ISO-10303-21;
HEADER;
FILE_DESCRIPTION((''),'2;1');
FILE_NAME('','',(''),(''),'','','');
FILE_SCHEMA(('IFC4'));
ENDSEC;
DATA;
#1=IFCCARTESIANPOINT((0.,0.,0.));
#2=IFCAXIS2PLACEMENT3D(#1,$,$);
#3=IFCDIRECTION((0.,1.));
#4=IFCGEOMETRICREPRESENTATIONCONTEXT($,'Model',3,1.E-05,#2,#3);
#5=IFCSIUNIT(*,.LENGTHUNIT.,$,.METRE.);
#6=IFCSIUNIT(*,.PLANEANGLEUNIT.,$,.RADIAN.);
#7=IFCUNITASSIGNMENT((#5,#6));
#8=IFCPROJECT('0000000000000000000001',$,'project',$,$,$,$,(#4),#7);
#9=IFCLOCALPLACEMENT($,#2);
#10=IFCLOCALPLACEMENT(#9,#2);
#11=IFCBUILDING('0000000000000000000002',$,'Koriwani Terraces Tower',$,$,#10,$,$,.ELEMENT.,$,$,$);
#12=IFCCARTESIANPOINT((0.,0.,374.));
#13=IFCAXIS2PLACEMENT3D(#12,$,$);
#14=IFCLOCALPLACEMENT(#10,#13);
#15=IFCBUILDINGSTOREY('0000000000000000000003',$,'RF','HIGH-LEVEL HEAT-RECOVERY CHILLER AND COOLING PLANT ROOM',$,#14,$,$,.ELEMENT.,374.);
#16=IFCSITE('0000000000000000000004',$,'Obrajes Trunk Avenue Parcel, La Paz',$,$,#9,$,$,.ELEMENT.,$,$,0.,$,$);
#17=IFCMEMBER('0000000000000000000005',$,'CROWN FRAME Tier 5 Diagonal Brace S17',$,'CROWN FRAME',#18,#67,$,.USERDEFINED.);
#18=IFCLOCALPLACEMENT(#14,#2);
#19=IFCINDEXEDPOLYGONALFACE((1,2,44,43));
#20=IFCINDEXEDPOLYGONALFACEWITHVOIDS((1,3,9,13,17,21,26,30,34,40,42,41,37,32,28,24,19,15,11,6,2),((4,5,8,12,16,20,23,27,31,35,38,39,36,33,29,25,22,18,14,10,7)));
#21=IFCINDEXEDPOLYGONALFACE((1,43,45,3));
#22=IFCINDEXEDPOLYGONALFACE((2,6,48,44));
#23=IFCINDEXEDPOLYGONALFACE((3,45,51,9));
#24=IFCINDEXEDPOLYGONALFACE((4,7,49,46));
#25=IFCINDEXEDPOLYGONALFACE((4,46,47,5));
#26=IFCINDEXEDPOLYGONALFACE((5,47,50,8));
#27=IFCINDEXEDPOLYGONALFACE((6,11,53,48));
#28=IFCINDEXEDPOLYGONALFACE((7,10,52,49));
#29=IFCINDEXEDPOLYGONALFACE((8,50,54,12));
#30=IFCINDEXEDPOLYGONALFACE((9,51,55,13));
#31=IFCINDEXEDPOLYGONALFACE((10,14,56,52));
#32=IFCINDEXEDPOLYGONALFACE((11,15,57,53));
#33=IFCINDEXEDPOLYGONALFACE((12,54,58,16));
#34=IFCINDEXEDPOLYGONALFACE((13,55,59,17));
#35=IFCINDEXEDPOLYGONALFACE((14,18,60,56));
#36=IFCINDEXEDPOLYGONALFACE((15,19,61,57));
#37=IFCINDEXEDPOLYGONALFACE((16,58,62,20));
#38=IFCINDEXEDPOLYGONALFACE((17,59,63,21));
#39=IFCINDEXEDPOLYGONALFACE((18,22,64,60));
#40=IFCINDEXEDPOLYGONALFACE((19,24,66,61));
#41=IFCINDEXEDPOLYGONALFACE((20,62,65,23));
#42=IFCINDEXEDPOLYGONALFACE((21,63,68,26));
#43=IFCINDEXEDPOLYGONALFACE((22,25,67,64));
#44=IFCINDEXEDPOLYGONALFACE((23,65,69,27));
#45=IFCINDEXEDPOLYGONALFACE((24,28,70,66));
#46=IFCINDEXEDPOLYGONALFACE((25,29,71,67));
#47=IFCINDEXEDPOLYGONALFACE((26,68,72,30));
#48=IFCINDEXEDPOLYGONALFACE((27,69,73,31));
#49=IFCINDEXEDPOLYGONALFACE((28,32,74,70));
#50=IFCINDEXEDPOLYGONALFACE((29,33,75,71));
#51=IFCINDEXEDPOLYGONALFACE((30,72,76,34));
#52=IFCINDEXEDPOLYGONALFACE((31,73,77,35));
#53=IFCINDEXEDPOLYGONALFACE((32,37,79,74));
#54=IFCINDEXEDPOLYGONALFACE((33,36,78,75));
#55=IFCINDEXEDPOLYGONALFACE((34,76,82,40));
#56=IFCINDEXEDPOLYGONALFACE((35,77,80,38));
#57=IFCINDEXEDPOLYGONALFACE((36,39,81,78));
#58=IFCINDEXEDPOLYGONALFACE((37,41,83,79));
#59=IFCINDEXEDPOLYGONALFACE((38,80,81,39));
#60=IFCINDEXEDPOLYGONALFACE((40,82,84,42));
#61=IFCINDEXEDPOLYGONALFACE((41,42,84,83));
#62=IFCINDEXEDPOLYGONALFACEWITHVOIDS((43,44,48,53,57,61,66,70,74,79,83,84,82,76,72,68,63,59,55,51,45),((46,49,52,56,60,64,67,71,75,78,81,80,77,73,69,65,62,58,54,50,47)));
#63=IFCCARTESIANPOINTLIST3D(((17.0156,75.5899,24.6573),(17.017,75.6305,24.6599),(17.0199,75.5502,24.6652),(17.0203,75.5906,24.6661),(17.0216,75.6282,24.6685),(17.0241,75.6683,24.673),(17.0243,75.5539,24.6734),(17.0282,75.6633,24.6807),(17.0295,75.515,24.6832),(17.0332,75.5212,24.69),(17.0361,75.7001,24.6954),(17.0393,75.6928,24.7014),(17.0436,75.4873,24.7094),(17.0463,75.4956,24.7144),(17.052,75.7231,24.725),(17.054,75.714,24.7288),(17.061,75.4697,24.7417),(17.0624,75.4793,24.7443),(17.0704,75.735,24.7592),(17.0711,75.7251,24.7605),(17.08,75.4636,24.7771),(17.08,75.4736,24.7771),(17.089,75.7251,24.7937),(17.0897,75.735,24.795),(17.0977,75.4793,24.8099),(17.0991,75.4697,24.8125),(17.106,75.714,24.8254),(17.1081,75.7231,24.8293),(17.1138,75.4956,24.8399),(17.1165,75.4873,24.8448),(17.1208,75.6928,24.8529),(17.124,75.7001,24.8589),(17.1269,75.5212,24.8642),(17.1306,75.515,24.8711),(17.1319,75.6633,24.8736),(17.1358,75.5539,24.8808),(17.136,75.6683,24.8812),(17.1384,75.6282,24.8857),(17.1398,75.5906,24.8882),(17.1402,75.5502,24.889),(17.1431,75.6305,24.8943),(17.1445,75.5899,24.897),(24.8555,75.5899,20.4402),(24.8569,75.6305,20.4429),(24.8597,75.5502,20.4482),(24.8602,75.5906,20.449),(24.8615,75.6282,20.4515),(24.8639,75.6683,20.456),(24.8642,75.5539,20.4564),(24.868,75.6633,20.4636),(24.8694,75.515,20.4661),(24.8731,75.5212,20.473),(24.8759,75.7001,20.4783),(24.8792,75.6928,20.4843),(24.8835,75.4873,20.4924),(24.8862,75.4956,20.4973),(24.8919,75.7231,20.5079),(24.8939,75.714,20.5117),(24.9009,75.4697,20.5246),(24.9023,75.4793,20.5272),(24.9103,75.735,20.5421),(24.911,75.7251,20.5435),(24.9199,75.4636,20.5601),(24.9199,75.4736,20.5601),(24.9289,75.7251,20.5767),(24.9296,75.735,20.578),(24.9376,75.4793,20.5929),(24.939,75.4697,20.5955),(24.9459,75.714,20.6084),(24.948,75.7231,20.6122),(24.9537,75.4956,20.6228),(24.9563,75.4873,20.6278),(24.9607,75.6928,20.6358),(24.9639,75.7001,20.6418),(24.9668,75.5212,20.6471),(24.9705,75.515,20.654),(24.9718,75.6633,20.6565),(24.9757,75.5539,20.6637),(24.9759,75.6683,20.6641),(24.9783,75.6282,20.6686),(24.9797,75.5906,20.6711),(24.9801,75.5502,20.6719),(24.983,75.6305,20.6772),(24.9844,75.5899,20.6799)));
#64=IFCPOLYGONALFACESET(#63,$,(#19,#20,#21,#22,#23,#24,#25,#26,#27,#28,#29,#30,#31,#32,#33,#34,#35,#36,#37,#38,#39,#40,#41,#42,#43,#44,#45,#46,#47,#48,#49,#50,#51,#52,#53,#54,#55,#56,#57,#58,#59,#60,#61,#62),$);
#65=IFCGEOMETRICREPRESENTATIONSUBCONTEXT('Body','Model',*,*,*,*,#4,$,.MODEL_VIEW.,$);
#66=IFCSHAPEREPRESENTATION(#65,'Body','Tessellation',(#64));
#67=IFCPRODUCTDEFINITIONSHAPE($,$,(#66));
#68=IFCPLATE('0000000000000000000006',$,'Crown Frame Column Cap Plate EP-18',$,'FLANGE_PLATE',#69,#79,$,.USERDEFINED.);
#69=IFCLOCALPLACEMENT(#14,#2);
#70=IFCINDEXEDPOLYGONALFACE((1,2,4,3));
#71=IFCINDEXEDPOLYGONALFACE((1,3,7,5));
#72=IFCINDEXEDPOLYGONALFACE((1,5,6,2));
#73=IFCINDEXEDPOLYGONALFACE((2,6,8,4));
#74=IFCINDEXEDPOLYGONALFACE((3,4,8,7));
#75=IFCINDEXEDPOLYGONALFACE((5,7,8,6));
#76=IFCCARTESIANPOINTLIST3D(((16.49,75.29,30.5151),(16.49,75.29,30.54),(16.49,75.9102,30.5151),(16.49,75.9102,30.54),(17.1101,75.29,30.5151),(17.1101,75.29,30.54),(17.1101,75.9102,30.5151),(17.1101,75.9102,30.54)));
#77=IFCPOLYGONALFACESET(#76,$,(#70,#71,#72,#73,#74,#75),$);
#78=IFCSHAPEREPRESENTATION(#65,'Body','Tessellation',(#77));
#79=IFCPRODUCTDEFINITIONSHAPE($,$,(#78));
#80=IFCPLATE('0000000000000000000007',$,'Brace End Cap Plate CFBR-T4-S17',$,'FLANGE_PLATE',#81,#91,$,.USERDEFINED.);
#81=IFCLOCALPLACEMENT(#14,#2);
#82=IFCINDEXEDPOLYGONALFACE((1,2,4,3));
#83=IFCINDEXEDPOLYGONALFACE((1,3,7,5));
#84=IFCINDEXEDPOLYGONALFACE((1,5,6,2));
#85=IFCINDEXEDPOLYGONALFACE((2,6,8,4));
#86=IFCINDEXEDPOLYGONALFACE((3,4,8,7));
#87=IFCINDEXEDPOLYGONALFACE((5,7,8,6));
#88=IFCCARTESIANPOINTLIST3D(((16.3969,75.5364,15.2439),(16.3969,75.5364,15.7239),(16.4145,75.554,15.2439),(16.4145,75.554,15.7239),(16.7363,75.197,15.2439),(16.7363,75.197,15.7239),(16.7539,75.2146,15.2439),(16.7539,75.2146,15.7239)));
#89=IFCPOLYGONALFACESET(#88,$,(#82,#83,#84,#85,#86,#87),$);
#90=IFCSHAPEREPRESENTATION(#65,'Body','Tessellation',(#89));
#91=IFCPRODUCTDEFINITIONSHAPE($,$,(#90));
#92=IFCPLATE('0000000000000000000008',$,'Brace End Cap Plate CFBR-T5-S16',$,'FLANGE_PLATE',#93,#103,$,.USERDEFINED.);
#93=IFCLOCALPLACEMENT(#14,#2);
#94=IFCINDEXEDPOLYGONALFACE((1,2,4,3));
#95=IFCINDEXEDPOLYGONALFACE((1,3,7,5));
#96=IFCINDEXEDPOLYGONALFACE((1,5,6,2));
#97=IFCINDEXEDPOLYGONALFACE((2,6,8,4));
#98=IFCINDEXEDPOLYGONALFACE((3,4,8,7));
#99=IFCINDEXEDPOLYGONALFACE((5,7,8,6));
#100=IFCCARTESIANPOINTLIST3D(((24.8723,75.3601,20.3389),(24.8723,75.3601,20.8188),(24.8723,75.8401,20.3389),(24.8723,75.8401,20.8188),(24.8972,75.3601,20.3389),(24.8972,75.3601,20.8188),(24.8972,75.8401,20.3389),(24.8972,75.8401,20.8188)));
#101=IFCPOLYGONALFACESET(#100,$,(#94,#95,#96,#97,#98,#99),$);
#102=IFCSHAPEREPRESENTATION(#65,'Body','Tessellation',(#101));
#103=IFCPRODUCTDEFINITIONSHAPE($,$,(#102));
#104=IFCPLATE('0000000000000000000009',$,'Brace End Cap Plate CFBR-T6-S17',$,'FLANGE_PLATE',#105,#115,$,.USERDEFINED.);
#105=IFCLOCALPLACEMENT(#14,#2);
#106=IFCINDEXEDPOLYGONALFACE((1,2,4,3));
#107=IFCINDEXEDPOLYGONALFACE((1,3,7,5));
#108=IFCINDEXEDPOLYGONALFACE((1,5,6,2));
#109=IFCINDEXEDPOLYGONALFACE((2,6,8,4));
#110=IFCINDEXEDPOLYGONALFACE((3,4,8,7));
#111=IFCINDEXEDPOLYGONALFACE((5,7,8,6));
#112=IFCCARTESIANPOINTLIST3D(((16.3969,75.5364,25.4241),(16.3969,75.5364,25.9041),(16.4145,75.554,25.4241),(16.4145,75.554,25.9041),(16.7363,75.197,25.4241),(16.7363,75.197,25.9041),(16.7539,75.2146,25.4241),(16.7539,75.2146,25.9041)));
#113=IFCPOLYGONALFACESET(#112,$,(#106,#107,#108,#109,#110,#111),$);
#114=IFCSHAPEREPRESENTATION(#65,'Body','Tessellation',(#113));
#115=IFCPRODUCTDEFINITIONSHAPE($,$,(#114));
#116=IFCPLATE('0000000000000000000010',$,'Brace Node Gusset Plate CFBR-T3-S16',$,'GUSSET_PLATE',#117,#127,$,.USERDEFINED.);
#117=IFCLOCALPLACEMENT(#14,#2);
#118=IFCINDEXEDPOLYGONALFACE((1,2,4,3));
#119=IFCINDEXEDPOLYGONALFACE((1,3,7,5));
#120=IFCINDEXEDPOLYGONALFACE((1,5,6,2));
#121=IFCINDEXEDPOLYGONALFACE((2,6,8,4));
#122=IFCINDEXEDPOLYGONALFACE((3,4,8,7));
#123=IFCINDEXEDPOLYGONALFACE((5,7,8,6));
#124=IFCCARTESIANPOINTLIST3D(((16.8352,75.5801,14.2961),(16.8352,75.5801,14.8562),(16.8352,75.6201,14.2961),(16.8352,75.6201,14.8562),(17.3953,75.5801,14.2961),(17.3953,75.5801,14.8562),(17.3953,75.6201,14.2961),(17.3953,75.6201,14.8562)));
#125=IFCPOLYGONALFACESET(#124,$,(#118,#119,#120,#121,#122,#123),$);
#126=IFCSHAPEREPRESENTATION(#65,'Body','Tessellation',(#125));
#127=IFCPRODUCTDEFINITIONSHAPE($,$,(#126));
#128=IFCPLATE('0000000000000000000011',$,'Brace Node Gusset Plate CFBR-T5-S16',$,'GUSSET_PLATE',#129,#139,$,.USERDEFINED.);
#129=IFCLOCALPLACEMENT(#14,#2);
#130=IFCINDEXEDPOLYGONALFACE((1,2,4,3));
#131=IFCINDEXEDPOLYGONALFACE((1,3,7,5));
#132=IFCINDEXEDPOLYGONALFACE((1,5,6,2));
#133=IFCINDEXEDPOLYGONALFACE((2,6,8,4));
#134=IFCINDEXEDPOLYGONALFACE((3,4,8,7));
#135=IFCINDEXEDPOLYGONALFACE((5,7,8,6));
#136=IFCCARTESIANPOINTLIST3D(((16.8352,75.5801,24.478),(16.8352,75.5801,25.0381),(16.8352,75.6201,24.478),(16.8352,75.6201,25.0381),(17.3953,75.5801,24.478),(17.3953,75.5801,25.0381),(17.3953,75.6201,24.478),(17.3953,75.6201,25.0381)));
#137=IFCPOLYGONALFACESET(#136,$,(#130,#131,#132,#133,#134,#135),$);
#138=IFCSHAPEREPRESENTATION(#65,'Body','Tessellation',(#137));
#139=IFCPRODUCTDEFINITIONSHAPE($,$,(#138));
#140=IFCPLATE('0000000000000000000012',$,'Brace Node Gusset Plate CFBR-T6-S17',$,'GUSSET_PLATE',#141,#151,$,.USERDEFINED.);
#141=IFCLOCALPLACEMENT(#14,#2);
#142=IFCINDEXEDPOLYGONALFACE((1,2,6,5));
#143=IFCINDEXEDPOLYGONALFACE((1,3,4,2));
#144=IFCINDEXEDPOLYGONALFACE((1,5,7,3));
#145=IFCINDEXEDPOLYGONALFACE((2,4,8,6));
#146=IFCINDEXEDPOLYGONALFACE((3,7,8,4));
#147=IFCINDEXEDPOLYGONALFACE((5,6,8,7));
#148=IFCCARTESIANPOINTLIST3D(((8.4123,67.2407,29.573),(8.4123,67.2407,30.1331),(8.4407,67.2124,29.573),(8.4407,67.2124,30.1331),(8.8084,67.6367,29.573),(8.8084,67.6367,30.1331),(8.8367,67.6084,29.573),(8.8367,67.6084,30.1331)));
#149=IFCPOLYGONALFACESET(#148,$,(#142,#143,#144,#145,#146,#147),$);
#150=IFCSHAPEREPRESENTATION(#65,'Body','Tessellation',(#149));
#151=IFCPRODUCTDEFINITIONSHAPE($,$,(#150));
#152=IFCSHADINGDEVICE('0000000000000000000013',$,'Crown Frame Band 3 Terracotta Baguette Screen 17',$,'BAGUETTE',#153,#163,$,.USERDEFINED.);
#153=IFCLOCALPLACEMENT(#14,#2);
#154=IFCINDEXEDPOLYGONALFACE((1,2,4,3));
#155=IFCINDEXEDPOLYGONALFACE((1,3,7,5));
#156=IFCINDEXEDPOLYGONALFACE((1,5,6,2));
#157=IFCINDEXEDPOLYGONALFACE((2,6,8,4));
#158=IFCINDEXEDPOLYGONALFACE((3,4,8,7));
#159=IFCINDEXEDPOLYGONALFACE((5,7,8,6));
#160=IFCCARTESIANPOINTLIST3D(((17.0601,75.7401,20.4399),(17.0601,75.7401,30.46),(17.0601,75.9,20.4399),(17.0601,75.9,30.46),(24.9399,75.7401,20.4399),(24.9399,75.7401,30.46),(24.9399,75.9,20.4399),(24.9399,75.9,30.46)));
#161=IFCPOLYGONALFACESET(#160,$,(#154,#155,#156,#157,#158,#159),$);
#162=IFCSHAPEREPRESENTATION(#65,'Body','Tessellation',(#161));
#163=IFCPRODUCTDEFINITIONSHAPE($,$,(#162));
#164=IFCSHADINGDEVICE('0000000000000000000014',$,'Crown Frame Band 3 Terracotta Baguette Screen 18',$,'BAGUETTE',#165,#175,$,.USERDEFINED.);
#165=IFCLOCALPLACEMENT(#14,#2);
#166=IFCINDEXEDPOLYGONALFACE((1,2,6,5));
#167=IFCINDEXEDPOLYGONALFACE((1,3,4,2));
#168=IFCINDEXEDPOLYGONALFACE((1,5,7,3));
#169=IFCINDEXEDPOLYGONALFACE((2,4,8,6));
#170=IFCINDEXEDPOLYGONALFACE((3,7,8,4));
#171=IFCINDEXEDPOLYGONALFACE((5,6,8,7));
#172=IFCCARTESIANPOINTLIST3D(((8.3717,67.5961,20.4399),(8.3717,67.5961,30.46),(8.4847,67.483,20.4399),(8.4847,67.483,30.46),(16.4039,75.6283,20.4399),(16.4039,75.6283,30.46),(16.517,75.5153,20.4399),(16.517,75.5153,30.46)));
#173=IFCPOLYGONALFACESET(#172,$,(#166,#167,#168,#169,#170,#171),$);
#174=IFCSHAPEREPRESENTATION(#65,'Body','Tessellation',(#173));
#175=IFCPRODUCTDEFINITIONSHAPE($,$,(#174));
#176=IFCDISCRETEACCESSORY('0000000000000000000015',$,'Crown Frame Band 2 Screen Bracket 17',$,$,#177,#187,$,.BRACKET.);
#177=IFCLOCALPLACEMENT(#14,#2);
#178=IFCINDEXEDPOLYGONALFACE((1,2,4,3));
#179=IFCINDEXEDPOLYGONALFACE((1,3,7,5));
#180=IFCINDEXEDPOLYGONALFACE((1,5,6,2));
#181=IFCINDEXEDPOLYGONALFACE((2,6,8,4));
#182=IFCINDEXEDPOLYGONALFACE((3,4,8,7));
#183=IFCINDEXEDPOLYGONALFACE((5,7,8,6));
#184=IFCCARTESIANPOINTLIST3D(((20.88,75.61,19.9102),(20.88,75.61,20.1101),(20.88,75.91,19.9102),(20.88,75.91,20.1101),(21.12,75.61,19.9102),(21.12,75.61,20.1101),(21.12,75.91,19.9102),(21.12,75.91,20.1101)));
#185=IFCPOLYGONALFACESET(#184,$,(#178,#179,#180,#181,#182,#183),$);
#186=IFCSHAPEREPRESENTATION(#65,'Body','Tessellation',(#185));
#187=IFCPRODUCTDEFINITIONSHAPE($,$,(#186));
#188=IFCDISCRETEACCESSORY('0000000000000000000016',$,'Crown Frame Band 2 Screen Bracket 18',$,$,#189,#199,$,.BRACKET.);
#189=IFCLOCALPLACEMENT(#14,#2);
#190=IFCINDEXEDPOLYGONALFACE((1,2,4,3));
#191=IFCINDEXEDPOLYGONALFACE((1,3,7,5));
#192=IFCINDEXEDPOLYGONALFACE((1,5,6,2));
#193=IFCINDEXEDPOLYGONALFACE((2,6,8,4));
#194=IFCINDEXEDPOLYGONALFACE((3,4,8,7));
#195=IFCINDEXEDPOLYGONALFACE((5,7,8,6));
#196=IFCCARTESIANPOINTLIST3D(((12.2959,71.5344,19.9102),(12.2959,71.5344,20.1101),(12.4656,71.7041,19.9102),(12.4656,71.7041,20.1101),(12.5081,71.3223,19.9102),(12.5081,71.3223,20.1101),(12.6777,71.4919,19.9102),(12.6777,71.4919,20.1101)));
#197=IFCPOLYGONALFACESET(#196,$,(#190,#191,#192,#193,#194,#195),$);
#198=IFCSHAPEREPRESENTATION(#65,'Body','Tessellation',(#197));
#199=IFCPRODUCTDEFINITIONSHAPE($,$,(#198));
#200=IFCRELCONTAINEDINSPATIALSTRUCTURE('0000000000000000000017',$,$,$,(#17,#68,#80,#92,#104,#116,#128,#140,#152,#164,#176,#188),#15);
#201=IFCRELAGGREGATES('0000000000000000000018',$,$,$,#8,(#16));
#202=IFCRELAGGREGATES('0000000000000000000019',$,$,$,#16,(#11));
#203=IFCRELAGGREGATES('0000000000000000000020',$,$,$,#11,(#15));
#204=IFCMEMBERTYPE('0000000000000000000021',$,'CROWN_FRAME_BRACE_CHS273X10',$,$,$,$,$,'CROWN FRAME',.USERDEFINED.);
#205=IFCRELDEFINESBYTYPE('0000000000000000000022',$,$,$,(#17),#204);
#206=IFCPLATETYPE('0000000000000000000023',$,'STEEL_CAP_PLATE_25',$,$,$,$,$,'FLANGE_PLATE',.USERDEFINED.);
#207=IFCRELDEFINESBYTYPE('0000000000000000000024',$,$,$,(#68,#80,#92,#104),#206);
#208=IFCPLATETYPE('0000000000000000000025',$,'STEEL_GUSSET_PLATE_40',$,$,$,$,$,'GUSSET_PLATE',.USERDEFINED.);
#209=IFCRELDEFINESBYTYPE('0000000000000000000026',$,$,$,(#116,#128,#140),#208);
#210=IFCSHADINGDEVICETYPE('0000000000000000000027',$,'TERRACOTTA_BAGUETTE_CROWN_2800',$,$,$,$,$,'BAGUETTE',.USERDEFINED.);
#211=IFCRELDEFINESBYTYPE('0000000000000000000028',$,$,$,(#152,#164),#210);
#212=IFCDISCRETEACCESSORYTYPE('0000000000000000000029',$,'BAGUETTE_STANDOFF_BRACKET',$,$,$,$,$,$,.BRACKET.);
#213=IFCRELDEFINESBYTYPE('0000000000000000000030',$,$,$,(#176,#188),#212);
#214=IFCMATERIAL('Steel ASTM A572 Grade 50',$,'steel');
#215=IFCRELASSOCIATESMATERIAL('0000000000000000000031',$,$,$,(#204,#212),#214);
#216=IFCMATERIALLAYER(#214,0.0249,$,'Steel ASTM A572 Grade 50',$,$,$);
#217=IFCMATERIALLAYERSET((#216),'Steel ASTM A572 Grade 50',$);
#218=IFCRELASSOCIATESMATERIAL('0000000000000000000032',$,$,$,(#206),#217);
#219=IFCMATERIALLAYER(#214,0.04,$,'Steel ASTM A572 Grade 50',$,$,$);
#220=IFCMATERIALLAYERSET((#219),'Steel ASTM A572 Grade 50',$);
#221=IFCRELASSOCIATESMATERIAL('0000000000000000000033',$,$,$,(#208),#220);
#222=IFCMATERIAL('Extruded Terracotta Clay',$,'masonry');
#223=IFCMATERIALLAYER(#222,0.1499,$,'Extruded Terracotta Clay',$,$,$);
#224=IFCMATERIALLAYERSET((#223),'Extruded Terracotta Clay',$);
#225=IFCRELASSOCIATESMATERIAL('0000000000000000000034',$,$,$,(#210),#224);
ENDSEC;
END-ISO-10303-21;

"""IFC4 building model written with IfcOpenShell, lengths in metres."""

from ifc_helpers import new_model, si_unit, direction, frame, origin, origin_2d, place, context, subcontext, project, spatial, rectangle, hollow_circle, extrude, material, layer, layer_set, material_profile, profile_set, type_object, element, save


model = new_model("IFC4")

# Units and contexts
model_context = context("Model", 3, precision=1e-05, world=origin(), true_north=direction((0.0, 1.0)))
body_context = subcontext(model_context, "Body", "Model", "MODEL_VIEW")
ifc_project = project(units=[si_unit("LENGTHUNIT", "METRE"), si_unit("PLANEANGLEUNIT", "RADIAN")], contexts=[model_context])

# Site, building, storey
site_placement = place(None, origin())
site = spatial("IfcSite", under=ifc_project, at=site_placement, Name="Obrajes Trunk Avenue Parcel, La Paz", CompositionType="ELEMENT", RefElevation=0.0)
building_placement = place(site_placement, origin())
building = spatial("IfcBuilding", under=site, at=building_placement, Name="Koriwani Terraces Tower", CompositionType="ELEMENT")
storey_placement = place(building_placement, frame((0.0, 0.0, 374.0)))
storey = spatial("IfcBuildingStorey", under=building, at=storey_placement, Name="RF", Description="HIGH-LEVEL HEAT-RECOVERY CHILLER AND COOLING PLANT ROOM", CompositionType="ELEMENT", Elevation=374.0)

# Shared definitions
ifc_material_1 = material(Name="Steel ASTM A572 Grade 50", Category="steel")

# Member
ifc_material_profile_1 = material_profile(ifc_material_1, hollow_circle(Radius=0.1365, WallThickness=0.01, at=origin_2d()), Name="Steel ASTM A572 Grade 50", Category="LoadBearing")
ifc_profile_set_1 = profile_set([ifc_material_profile_1], Name="Steel ASTM A572 Grade 50")
member_type_1 = type_object("IfcMemberType", Name="CROWN_FRAME_BRACE_CHS273X10", ElementType="CROWN FRAME", PredefinedType="USERDEFINED", material=ifc_profile_set_1)
member_placement = place(storey_placement, frame((24.9199, 75.6001, 20.5601), z_axis=(-0.880678, 0.0, 0.473715), x_axis=(0.0, -1.0, 0.0)))
element("IfcMember", 1, at=member_placement, inside=storey, type_object=member_type_1, Name="CROWN FRAME Tier 5 Diagonal Brace S17", ObjectType="CROWN FRAME", PredefinedType="USERDEFINED", context=body_context, shape_type="SweptSolid", body=[
    extrude(hollow_circle(Radius=0.1365, WallThickness=0.01, at=origin_2d()), origin(), (0.0, 0.0, 1.0), 8.9021),
])

# Plates
ifc_layer_1 = layer(ifc_material_1, 0.0249, Name="Steel ASTM A572 Grade 50")
ifc_layer_set_1 = layer_set([ifc_layer_1], Name="Steel ASTM A572 Grade 50")
plate_type_1 = type_object("IfcPlateType", Name="STEEL_CAP_PLATE_25", ElementType="FLANGE_PLATE", PredefinedType="USERDEFINED", material=ifc_layer_set_1)
plate_placement = place(storey_placement, frame((16.8, 75.6001, 30.5151), z_axis=(0.0, 0.0, 1.0), x_axis=(1.0, 0.0, 0.0)))
element("IfcPlate", 2, at=plate_placement, inside=storey, type_object=plate_type_1, Name="Crown Frame Column Cap Plate EP-18", ObjectType="FLANGE_PLATE", PredefinedType="USERDEFINED", context=body_context, shape_type="SweptSolid", body=[
    extrude(rectangle(XDim=0.6201, YDim=0.6201, at=origin_2d()), origin(), (0.0, 0.0, 1.0), 0.0249),
])
for number, where, z_axis, x_axis, name in (
    (3, (16.5754, 75.3755, 15.2439), (0.0, 0.0, 1.0), (-0.707107, -0.707107, 0.0), "Brace End Cap Plate CFBR-T4-S17"),
    (4, (24.8848, 75.6001, 20.3389), (0.0, 0.0, 1.0), (-1.0, 0.0, 0.0), "Brace End Cap Plate CFBR-T5-S16"),
    (5, (16.5754, 75.3755, 25.4241), (0.0, 0.0, 1.0), (-0.707107, -0.707107, 0.0), "Brace End Cap Plate CFBR-T6-S17"),
):
    element("IfcPlate", number, at=place(storey_placement, frame(where, z_axis=z_axis, x_axis=x_axis)), inside=storey, type_object=plate_type_1, Name=name, ObjectType="FLANGE_PLATE", PredefinedType="USERDEFINED", context=body_context, shape_type="SweptSolid", body=[
        extrude(rectangle(XDim=0.0249, YDim=0.48, at=origin_2d()), origin(), (0.0, 0.0, 1.0), 0.48),
    ])
ifc_layer_2 = layer(ifc_material_1, 0.04, Name="Steel ASTM A572 Grade 50")
ifc_layer_set_2 = layer_set([ifc_layer_2], Name="Steel ASTM A572 Grade 50")
plate_type_2 = type_object("IfcPlateType", Name="STEEL_GUSSET_PLATE_40", ElementType="GUSSET_PLATE", PredefinedType="USERDEFINED", material=ifc_layer_set_2)
for number, where, z_axis, x_axis, name in (
    (6, (17.1152, 75.6001, 14.2961), (0.0, 0.0, 1.0), (-1.0, 0.0, 0.0), "Brace Node Gusset Plate CFBR-T3-S16"),
    (7, (17.1152, 75.6001, 24.478), (0.0, 0.0, 1.0), (-1.0, 0.0, 0.0), "Brace Node Gusset Plate CFBR-T5-S16"),
    (8, (8.6245, 67.4246, 29.573), (0.0, 0.0, 1.0), (-0.707107, -0.707107, 0.0), "Brace Node Gusset Plate CFBR-T6-S17"),
):
    element("IfcPlate", number, at=place(storey_placement, frame(where, z_axis=z_axis, x_axis=x_axis)), inside=storey, type_object=plate_type_2, Name=name, ObjectType="GUSSET_PLATE", PredefinedType="USERDEFINED", context=body_context, shape_type="SweptSolid", body=[
        extrude(rectangle(XDim=0.5601, YDim=0.04, at=origin_2d()), origin(), (0.0, 0.0, 1.0), 0.5601),
    ])

# Shading devices
ifc_material_2 = material(Name="Extruded Terracotta Clay", Category="masonry")
ifc_layer_3 = layer(ifc_material_2, 0.1499, Name="Extruded Terracotta Clay")
ifc_layer_set_3 = layer_set([ifc_layer_3], Name="Extruded Terracotta Clay")
shading_device_type = type_object("IfcShadingDeviceType", Name="TERRACOTTA_BAGUETTE_CROWN_2800", ElementType="BAGUETTE", PredefinedType="USERDEFINED", material=ifc_layer_set_3)
shading_device_1_placement = place(storey_placement, frame((21.0, 75.8201, 20.4399), z_axis=(0.0, 0.0, 1.0), x_axis=(-1.0, 0.0, 0.0)))
element("IfcShadingDevice", 9, at=shading_device_1_placement, inside=storey, type_object=shading_device_type, Name="Crown Frame Band 3 Terracotta Baguette Screen 17", ObjectType="BAGUETTE", PredefinedType="USERDEFINED", context=body_context, shape_type="SweptSolid", body=[
    extrude(rectangle(XDim=7.8799, YDim=0.1599, at=origin_2d()), origin(), (0.0, 0.0, 1.0), 10.02),
])
shading_device_2_placement = place(storey_placement, frame((12.4443, 71.5557, 20.4399), z_axis=(0.0, 0.0, 1.0), x_axis=(-0.707107, -0.707107, 0.0)))
element("IfcShadingDevice", 10, at=shading_device_2_placement, inside=storey, type_object=shading_device_type, Name="Crown Frame Band 3 Terracotta Baguette Screen 18", ObjectType="BAGUETTE", PredefinedType="USERDEFINED", context=body_context, shape_type="SweptSolid", body=[
    extrude(rectangle(XDim=11.3594, YDim=0.1599, at=origin_2d()), origin(), (0.0, 0.0, 1.0), 10.02),
])

# Discrete accessories
discrete_accessory_type = type_object("IfcDiscreteAccessoryType", Name="BAGUETTE_STANDOFF_BRACKET", PredefinedType="BRACKET", material=ifc_material_1)
for number, where, z_axis, x_axis, name in (
    (11, (21.0, 75.76, 19.9102), (0.0, 0.0, 1.0), (-1.0, 0.0, 0.0), "Crown Frame Band 2 Screen Bracket 17"),
    (12, (12.4868, 71.5132, 19.9102), (0.0, 0.0, 1.0), (-0.707107, -0.707107, 0.0), "Crown Frame Band 2 Screen Bracket 18"),
):
    element("IfcDiscreteAccessory", number, at=place(storey_placement, frame(where, z_axis=z_axis, x_axis=x_axis)), inside=storey, type_object=discrete_accessory_type, Name=name, PredefinedType="BRACKET", context=body_context, shape_type="SweptSolid", body=[
        extrude(rectangle(XDim=0.24, YDim=0.3, at=origin_2d()), origin(), (0.0, 0.0, 1.0), 0.2),
    ])

save(model, "model.ifc")
